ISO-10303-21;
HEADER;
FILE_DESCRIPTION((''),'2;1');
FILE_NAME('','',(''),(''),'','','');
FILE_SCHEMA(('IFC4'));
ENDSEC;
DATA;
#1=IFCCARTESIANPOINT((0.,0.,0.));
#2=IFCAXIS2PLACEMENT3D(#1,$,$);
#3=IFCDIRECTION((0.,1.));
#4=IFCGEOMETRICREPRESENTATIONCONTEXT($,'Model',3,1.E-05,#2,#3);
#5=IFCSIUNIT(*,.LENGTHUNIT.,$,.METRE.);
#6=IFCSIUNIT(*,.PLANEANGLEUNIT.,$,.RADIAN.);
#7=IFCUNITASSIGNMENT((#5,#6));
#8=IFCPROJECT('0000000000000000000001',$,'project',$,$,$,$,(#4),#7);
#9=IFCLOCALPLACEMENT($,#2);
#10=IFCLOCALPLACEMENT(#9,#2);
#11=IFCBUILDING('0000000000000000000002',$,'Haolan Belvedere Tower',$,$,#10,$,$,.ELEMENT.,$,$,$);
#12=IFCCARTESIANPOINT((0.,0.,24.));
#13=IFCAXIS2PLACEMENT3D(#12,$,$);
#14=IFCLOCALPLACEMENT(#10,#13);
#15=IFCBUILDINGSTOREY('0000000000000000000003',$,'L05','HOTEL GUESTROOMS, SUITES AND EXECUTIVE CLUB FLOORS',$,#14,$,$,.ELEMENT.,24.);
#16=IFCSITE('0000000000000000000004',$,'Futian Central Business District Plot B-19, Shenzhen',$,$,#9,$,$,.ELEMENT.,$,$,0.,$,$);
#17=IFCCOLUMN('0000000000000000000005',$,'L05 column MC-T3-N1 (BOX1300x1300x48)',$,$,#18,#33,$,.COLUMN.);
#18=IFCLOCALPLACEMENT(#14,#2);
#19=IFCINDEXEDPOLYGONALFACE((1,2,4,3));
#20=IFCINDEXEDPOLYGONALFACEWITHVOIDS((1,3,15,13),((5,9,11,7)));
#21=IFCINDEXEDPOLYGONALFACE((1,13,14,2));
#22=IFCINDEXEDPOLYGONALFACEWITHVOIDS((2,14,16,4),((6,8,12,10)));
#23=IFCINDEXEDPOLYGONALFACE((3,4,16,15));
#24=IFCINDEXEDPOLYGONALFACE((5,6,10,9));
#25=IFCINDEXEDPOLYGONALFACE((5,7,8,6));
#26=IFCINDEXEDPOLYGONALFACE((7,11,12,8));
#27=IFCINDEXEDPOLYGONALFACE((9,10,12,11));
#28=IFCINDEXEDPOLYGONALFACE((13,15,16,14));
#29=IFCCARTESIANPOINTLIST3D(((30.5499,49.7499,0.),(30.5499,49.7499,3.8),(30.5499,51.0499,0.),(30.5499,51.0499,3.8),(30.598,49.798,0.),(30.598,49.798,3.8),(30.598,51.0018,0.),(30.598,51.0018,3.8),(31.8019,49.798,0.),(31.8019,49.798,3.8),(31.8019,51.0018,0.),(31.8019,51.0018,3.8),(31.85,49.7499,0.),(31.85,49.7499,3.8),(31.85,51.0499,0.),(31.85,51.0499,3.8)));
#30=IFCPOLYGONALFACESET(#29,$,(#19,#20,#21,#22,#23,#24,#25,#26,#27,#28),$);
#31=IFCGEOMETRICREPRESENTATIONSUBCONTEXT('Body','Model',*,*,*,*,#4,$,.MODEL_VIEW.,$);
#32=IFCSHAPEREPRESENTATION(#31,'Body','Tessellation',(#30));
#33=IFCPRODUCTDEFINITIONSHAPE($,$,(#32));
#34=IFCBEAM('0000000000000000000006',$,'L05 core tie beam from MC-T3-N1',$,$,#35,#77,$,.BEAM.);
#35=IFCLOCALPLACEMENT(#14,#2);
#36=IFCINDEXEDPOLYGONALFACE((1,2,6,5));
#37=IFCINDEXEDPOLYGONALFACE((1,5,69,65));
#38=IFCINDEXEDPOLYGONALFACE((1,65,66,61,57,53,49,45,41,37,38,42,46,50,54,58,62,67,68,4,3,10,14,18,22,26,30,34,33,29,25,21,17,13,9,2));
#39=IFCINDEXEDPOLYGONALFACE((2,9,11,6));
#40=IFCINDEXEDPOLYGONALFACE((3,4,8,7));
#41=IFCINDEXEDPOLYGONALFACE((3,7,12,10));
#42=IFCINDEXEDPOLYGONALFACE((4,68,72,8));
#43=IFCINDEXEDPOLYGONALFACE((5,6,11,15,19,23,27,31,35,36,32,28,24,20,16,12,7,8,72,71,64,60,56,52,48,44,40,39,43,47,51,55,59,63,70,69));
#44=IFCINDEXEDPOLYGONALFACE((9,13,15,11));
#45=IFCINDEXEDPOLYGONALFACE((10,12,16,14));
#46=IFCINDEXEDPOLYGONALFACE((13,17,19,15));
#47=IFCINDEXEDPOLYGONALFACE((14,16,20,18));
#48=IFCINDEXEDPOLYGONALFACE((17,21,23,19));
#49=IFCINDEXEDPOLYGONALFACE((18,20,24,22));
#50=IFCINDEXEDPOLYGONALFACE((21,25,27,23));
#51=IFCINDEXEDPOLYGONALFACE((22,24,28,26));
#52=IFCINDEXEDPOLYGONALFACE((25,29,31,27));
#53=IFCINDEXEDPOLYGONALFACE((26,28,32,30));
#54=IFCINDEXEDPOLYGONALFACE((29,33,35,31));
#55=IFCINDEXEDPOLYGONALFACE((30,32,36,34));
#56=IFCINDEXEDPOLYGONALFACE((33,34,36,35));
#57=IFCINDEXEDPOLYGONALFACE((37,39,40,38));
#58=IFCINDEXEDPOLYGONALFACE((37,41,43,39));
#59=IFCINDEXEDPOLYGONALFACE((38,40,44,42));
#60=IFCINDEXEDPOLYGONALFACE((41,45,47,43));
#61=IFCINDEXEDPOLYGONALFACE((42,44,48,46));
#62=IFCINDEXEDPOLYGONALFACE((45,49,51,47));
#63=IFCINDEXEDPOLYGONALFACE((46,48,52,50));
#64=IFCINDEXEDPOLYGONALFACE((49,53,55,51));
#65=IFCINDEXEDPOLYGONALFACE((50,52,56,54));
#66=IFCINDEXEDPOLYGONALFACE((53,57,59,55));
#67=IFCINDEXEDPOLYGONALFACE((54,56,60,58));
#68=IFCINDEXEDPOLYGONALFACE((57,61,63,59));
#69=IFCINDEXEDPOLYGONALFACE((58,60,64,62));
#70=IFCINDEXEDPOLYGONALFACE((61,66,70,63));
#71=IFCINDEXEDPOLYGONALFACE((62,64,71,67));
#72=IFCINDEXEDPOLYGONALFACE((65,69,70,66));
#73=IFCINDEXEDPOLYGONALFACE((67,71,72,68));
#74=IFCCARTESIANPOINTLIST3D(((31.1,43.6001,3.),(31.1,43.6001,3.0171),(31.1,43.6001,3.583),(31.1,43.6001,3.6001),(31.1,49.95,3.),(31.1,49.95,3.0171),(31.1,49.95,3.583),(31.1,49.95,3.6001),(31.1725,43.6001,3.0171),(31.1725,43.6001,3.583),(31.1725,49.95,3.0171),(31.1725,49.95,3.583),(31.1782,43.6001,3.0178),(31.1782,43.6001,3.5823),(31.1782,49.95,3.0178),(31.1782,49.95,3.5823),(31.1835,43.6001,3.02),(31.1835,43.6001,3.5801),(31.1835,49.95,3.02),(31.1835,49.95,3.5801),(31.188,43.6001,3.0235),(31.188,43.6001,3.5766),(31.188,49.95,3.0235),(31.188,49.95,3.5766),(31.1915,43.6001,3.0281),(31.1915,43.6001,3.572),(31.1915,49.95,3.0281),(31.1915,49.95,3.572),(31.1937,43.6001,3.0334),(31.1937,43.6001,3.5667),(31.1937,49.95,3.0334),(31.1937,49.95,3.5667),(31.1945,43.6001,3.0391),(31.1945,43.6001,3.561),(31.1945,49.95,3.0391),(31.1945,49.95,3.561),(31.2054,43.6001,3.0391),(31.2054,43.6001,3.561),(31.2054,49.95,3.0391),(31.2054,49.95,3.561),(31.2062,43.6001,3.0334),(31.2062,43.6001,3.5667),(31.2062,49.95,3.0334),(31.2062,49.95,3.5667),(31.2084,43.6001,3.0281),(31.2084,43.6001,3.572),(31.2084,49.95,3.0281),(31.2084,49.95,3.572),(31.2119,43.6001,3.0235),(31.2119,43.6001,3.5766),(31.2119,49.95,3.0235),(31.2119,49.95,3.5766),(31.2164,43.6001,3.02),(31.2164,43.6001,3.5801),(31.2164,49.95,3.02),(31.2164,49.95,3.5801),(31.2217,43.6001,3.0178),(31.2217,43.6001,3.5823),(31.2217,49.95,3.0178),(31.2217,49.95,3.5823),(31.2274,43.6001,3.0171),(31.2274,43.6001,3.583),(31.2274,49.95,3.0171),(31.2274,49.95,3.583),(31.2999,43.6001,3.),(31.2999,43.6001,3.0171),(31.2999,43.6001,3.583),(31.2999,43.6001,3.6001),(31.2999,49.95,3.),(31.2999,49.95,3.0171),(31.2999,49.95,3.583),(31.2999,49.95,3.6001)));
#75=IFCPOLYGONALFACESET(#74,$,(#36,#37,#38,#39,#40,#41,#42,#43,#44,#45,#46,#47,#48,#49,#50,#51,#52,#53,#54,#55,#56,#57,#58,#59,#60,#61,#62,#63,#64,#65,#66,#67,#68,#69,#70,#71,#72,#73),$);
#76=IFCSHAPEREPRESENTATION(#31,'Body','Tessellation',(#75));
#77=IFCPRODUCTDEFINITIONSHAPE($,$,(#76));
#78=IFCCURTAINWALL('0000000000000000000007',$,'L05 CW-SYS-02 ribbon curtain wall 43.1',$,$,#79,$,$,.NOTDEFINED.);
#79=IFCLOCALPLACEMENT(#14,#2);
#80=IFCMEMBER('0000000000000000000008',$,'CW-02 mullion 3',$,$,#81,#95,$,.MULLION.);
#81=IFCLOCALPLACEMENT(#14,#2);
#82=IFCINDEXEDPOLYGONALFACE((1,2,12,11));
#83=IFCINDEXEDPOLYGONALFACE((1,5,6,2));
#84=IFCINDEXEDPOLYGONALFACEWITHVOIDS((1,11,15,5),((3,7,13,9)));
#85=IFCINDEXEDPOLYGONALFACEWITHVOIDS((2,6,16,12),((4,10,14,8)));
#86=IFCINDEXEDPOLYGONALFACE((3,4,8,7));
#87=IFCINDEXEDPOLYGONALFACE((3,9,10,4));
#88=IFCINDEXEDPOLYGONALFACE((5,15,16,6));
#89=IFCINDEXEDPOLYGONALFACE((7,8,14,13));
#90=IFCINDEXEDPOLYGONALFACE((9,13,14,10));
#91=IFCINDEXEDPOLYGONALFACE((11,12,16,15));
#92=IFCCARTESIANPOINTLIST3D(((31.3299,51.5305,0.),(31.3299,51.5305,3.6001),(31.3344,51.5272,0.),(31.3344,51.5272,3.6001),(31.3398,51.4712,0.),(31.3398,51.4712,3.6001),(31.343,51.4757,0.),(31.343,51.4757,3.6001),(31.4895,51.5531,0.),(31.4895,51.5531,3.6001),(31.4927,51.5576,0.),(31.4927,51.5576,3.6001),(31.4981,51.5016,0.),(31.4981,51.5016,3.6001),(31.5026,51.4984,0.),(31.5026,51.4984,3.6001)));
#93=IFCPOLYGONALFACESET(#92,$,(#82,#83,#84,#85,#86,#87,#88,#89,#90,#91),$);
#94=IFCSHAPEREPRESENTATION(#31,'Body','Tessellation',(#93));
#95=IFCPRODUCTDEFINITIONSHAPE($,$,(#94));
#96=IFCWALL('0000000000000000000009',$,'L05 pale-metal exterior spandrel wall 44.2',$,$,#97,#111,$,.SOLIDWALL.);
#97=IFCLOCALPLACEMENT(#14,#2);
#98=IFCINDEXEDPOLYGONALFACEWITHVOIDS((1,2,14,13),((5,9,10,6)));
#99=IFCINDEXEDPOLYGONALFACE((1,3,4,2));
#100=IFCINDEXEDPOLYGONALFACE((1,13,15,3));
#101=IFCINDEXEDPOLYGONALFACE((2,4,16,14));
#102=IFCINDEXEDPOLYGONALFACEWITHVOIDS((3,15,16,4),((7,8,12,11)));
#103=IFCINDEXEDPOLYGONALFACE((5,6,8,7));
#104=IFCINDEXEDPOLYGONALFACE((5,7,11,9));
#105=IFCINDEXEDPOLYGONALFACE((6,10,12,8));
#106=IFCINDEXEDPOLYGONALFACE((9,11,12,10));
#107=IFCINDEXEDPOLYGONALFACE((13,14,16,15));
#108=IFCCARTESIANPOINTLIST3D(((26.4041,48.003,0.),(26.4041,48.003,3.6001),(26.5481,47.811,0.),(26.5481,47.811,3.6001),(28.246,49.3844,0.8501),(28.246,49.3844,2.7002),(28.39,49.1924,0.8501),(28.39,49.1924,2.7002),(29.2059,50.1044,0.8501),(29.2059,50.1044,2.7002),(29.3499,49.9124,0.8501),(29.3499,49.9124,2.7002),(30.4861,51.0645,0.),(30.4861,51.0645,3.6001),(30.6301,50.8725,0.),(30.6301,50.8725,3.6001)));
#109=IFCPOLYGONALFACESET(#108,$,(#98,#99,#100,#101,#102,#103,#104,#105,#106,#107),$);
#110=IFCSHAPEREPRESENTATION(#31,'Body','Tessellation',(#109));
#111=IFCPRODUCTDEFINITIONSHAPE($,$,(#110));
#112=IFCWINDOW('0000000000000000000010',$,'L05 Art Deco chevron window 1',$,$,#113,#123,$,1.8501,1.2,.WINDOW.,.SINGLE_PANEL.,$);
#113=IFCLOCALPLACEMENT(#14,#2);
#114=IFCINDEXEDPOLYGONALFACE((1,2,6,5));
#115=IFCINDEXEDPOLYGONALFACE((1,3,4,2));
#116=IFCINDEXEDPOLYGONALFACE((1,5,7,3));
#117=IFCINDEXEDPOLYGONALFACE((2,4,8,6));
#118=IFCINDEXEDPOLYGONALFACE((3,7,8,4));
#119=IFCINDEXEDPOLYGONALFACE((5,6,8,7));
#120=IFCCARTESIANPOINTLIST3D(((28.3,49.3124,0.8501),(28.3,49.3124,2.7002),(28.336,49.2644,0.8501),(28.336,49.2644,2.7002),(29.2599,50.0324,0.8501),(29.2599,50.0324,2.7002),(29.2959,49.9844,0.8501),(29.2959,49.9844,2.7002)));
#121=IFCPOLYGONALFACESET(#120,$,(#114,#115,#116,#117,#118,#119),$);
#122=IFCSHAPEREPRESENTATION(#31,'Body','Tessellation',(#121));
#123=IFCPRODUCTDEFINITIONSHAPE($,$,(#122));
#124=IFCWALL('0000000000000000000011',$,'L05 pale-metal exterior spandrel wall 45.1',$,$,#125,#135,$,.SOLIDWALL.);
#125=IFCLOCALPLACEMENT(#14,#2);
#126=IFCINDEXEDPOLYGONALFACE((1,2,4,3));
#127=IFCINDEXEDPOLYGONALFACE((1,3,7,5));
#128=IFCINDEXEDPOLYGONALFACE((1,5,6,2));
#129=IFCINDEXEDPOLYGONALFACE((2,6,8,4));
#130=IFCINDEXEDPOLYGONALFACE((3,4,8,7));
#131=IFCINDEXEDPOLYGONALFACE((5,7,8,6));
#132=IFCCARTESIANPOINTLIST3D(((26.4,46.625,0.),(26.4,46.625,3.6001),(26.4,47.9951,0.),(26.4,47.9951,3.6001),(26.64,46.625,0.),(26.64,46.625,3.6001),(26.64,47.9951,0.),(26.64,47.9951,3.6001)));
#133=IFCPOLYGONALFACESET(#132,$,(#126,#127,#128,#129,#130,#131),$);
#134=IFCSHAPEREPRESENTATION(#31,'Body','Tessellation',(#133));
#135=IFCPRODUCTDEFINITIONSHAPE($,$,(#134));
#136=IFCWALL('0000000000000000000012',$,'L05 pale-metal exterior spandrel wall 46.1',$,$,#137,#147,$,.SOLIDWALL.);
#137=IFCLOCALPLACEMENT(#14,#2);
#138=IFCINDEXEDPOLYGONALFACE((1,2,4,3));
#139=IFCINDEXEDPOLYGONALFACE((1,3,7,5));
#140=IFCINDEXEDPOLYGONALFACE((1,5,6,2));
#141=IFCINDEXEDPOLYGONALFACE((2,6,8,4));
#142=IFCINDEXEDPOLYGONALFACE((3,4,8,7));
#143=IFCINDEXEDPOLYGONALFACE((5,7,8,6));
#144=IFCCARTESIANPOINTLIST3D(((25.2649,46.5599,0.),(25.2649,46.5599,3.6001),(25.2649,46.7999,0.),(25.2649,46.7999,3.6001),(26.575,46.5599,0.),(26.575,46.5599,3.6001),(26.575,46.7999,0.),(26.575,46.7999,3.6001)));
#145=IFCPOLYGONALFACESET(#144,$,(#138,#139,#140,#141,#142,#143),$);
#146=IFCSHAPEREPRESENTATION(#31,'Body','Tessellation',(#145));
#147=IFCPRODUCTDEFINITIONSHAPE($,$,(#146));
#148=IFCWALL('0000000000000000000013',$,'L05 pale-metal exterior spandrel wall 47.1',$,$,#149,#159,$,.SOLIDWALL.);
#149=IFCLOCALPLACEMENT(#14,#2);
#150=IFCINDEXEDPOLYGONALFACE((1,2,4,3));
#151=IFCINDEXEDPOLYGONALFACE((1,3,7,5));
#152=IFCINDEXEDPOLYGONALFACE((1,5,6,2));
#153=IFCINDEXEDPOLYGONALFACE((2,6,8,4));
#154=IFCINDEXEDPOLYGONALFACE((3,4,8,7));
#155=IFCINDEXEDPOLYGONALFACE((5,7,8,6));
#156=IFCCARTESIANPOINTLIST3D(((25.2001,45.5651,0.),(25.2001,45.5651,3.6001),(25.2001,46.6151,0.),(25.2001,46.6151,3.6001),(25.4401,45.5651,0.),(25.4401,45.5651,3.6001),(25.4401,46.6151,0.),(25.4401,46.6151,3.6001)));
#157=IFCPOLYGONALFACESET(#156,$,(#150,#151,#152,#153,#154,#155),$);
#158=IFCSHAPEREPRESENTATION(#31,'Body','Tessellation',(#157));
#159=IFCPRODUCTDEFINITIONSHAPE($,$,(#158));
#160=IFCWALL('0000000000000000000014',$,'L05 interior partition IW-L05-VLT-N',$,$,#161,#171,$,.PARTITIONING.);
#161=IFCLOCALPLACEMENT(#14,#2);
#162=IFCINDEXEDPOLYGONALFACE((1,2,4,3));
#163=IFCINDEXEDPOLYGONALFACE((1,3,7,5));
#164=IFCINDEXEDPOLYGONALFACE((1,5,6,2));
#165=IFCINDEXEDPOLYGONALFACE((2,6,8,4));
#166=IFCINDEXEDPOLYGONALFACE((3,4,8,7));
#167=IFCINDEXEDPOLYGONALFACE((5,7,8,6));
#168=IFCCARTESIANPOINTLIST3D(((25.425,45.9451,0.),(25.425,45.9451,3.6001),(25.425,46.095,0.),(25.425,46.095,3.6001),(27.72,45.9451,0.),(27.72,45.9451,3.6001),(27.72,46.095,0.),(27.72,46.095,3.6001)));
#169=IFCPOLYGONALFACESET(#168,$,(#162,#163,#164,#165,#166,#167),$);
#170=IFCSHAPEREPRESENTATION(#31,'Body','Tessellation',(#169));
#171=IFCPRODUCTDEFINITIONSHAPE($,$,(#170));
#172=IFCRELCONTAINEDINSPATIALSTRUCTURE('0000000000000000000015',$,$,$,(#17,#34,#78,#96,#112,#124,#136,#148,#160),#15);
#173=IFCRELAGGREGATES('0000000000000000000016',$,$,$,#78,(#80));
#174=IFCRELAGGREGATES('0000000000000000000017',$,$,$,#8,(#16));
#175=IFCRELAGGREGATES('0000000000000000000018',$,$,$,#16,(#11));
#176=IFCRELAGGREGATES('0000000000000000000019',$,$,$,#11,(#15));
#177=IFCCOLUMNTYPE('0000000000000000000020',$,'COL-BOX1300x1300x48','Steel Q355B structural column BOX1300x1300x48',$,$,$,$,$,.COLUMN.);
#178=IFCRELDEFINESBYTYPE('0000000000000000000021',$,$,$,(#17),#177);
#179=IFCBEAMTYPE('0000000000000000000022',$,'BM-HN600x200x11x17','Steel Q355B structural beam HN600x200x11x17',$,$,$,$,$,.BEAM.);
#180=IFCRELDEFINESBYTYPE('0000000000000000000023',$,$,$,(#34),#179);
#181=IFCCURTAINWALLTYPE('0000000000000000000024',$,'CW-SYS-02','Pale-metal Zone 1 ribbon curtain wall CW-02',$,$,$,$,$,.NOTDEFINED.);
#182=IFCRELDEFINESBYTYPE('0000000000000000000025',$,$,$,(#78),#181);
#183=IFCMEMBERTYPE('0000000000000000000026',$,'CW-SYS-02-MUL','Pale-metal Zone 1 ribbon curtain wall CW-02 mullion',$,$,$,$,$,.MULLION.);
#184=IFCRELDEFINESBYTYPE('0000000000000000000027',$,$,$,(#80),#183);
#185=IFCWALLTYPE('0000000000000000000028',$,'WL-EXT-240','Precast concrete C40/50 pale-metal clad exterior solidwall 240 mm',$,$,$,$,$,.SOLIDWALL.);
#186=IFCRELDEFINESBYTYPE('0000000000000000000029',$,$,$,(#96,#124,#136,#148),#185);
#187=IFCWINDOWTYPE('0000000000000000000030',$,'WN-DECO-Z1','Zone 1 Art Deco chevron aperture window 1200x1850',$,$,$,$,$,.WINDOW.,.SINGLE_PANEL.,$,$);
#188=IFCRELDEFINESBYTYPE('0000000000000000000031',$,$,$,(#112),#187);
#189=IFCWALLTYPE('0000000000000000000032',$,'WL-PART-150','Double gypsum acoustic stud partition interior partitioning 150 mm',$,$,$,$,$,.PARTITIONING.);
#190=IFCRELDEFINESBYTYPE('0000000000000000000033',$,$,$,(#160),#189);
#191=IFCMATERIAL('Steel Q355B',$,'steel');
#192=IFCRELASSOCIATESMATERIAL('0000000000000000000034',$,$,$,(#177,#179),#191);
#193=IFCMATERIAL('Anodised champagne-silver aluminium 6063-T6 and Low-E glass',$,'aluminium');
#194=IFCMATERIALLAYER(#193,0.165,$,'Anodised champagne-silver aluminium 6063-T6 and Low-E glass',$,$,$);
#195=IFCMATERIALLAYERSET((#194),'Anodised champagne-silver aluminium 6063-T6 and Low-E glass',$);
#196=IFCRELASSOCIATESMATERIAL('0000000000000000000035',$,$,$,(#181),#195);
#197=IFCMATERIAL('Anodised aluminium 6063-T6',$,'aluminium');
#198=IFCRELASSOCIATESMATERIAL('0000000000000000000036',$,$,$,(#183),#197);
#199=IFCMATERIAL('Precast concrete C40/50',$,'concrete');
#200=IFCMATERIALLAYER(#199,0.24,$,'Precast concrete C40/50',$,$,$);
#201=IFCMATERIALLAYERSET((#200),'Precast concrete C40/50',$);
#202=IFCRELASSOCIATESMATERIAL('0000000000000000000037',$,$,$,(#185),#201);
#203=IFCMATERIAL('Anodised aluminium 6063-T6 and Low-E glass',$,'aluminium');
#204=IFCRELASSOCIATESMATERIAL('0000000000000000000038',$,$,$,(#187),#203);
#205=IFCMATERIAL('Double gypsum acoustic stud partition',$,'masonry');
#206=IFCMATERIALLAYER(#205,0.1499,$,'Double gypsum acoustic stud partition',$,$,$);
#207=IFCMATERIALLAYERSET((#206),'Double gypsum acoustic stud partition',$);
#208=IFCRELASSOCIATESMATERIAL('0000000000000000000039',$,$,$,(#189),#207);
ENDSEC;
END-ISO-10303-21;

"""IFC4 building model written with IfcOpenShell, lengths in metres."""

from ifc_helpers import new_model, si_unit, direction, frame, frame_2d, origin, origin_2d, place, context, subcontext, project, spatial, rectangle, hollow_rectangle, i_section, extrude, material, layer, layer_set, material_profile, profile_set, type_object, element, fill, aggregate, save


model = new_model("IFC4")

# Units and contexts
model_context = context("Model", 3, precision=1e-05, world=origin(), true_north=direction((0.0, 1.0)))
body_context = subcontext(model_context, "Body", "Model", "MODEL_VIEW")
ifc_project = project(units=[si_unit("LENGTHUNIT", "METRE"), si_unit("PLANEANGLEUNIT", "RADIAN")], contexts=[model_context])

# Site, building, storey
site_placement = place(None, origin())
site = spatial("IfcSite", under=ifc_project, at=site_placement, Name="Futian Central Business District Plot B-19, Shenzhen", CompositionType="ELEMENT", RefElevation=0.0)
building_placement = place(site_placement, origin())
building = spatial("IfcBuilding", under=site, at=building_placement, Name="Haolan Belvedere Tower", CompositionType="ELEMENT")
storey_placement = place(building_placement, frame((0.0, 0.0, 24.0)))
storey = spatial("IfcBuildingStorey", under=building, at=storey_placement, Name="L05", Description="HOTEL GUESTROOMS, SUITES AND EXECUTIVE CLUB FLOORS", CompositionType="ELEMENT", Elevation=24.0)

# Column
ifc_material_1 = material(Name="Steel Q355B", Category="steel")
ifc_material_profile_1 = material_profile(ifc_material_1, hollow_rectangle(XDim=1.3, YDim=1.3, WallThickness=0.0481, at=origin_2d()), Name="Steel Q355B")
ifc_profile_set_1 = profile_set([ifc_material_profile_1], Name="Steel Q355B")
column_type = type_object("IfcColumnType", Name="COL-BOX1300x1300x48", Description="Steel Q355B structural column BOX1300x1300x48", PredefinedType="COLUMN", material=ifc_profile_set_1)
column_placement = place(storey_placement, frame((31.2, 50.3999, 0.0), z_axis=(0.0, 0.0, 1.0), x_axis=(1.0, 0.0, 0.0)))
element("IfcColumn", 1, at=column_placement, inside=storey, type_object=column_type, Name="L05 column MC-T3-N1 (BOX1300x1300x48)", PredefinedType="COLUMN", context=body_context, shape_type="SweptSolid", body=[
    extrude(hollow_rectangle(XDim=1.3, YDim=1.3, WallThickness=0.0481, at=origin_2d()), origin(), (0.0, 0.0, 1.0), 3.8),
])

# Beam
ifc_material_profile_2 = material_profile(ifc_material_1, i_section(OverallWidth=0.2, OverallDepth=0.6001, WebThickness=0.011, FlangeThickness=0.0171, FilletRadius=0.022, at=origin_2d()), Name="Steel Q355B")
ifc_profile_set_2 = profile_set([ifc_material_profile_2], Name="Steel Q355B")
beam_type = type_object("IfcBeamType", Name="BM-HN600x200x11x17", Description="Steel Q355B structural beam HN600x200x11x17", PredefinedType="BEAM", material=ifc_profile_set_2)
beam_placement = place(storey_placement, frame((31.2, 49.95, 3.3), z_axis=(0.0, -1.0, 0.0), x_axis=(1.0, 0.0, 0.0)))
element("IfcBeam", 2, at=beam_placement, inside=storey, type_object=beam_type, Name="L05 core tie beam from MC-T3-N1", PredefinedType="BEAM", context=body_context, shape_type="SweptSolid", body=[
    extrude(i_section(OverallWidth=0.2, OverallDepth=0.6001, WebThickness=0.011, FlangeThickness=0.0171, FilletRadius=0.022, at=origin_2d()), origin(), (0.0, 0.0, 1.0), 6.3499),
])

# Curtain wall, member
ifc_material_2 = material(Name="Anodised champagne-silver aluminium 6063-T6 and Low-E glass", Category="aluminium")
ifc_layer_1 = layer(ifc_material_2, 0.165, Name="Anodised champagne-silver aluminium 6063-T6 and Low-E glass")
ifc_layer_set_1 = layer_set([ifc_layer_1], Name="Anodised champagne-silver aluminium 6063-T6 and Low-E glass")
curtain_wall_type = type_object("IfcCurtainWallType", Name="CW-SYS-02", Description="Pale-metal Zone 1 ribbon curtain wall CW-02", PredefinedType="NOTDEFINED", material=ifc_layer_set_1)
curtain_wall_placement = place(storey_placement, origin())
curtain_wall = element("IfcCurtainWall", 3, at=curtain_wall_placement, inside=storey, type_object=curtain_wall_type, Name="L05 CW-SYS-02 ribbon curtain wall 43.1", PredefinedType="NOTDEFINED")
ifc_material_3 = material(Name="Anodised aluminium 6063-T6", Category="aluminium")
ifc_material_profile_3 = material_profile(ifc_material_3, hollow_rectangle(XDim=0.0601, YDim=0.165, WallThickness=0.0039, at=origin_2d()), Name="Anodised aluminium 6063-T6")
ifc_profile_set_3 = profile_set([ifc_material_profile_3], Name="Anodised aluminium 6063-T6")
member_type = type_object("IfcMemberType", Name="CW-SYS-02-MUL", Description="Pale-metal Zone 1 ribbon curtain wall CW-02 mullion", PredefinedType="MULLION", material=ifc_profile_set_3)
member_placement = place(storey_placement, frame((31.4163, 51.5144, 0.0), z_axis=(0.0, 0.0, 1.0), x_axis=(0.164404, -0.986393, 0.0)))
member = element("IfcMember", 4, at=member_placement, type_object=member_type, Name="CW-02 mullion 3", PredefinedType="MULLION", context=body_context, shape_type="SweptSolid", body=[
    extrude(hollow_rectangle(XDim=0.0601, YDim=0.165, WallThickness=0.0039, at=origin_2d()), origin(), (0.0, 0.0, 1.0), 3.6001),
])
aggregate(curtain_wall, [member])

# Wall, opening, window
ifc_material_4 = material(Name="Precast concrete C40/50", Category="concrete")
ifc_layer_2 = layer(ifc_material_4, 0.24, Name="Precast concrete C40/50")
ifc_layer_set_2 = layer_set([ifc_layer_2], Name="Precast concrete C40/50")
wall_type_1 = type_object("IfcWallType", Name="WL-EXT-240", Description="Precast concrete C40/50 pale-metal clad exterior solidwall 240 mm", PredefinedType="SOLIDWALL", material=ifc_layer_set_2)
wall_1_placement = place(storey_placement, frame((30.5581, 50.9685, 0.0), z_axis=(0.0, 0.0, 1.0), x_axis=(-0.8, -0.6, 0.0)))
wall_1 = element("IfcWall", 5, at=wall_1_placement, inside=storey, type_object=wall_type_1, Name="L05 pale-metal exterior spandrel wall 44.2", PredefinedType="SOLIDWALL", context=body_context, shape_type="SweptSolid", body=[
    extrude(rectangle(XDim=5.1025, YDim=0.24, at=frame_2d((2.5513, 0.0))), origin(), (0.0, 0.0, 1.0), 3.6001),
])
opening_1_placement = place(wall_1_placement, frame((1.6001, 0.0, 0.8501)))
opening_1 = element("IfcOpeningElement", 6, at=opening_1_placement, cuts=wall_1, PredefinedType="OPENING", context=body_context, shape_type="SweptSolid", body=[
    extrude(rectangle(XDim=1.2, YDim=1.8501, at=frame_2d((0.6001, 0.925))), frame((0.0, 0.1299, 0.0), z_axis=(0.0, -1.0, 0.0), x_axis=(1.0, 0.0, 0.0)), (0.0, 0.0, 1.0), 0.26),
])
ifc_material_5 = material(Name="Anodised aluminium 6063-T6 and Low-E glass", Category="aluminium")
window_type = type_object("IfcWindowType", Name="WN-DECO-Z1", Description="Zone 1 Art Deco chevron aperture window 1200x1850", PartitioningType="SINGLE_PANEL", PredefinedType="WINDOW", material=ifc_material_5)
window_placement = place(opening_1_placement, origin())
window = element("IfcWindow", 7, at=window_placement, inside=storey, type_object=window_type, Name="L05 Art Deco chevron window 1", OverallHeight=1.8501, OverallWidth=1.2, PartitioningType="SINGLE_PANEL", PredefinedType="WINDOW", context=body_context, shape_type="SweptSolid", body=[
    extrude(rectangle(XDim=1.2, YDim=1.8501, at=frame_2d((0.6001, 0.925))), frame((0.0, 0.03, 0.0), z_axis=(0.0, -1.0, 0.0), x_axis=(1.0, 0.0, 0.0)), (0.0, 0.0, 1.0), 0.0601),
])
fill(opening_1, window)

# Walls
wall_2_placement = place(storey_placement, frame((26.52, 47.9951, 0.0), z_axis=(0.0, 0.0, 1.0), x_axis=(0.0, -1.0, 0.0)))
element("IfcWall", 8, at=wall_2_placement, inside=storey, type_object=wall_type_1, Name="L05 pale-metal exterior spandrel wall 45.1", PredefinedType="SOLIDWALL", context=body_context, shape_type="SweptSolid", body=[
    extrude(rectangle(XDim=1.3701, YDim=0.24, at=frame_2d((0.6851, 0.0))), origin(), (0.0, 0.0, 1.0), 3.6001),
])
wall_3_placement = place(storey_placement, frame((26.575, 46.6799, 0.0), z_axis=(0.0, 0.0, 1.0), x_axis=(-1.0, 0.0, 0.0)))
element("IfcWall", 9, at=wall_3_placement, inside=storey, type_object=wall_type_1, Name="L05 pale-metal exterior spandrel wall 46.1", PredefinedType="SOLIDWALL", context=body_context, shape_type="SweptSolid", body=[
    extrude(rectangle(XDim=1.3101, YDim=0.24, at=frame_2d((0.655, 0.0))), origin(), (0.0, 0.0, 1.0), 3.6001),
])
wall_4_placement = place(storey_placement, frame((25.3201, 46.615, 0.0), z_axis=(0.0, 0.0, 1.0), x_axis=(0.0, -1.0, 0.0)))
element("IfcWall", 10, at=wall_4_placement, inside=storey, type_object=wall_type_1, Name="L05 pale-metal exterior spandrel wall 47.1", PredefinedType="SOLIDWALL", context=body_context, shape_type="SweptSolid", body=[
    extrude(rectangle(XDim=1.05, YDim=0.24, at=frame_2d((0.5249, 0.0))), origin(), (0.0, 0.0, 1.0), 3.6001),
])
ifc_material_6 = material(Name="Double gypsum acoustic stud partition", Category="masonry")
ifc_layer_3 = layer(ifc_material_6, 0.1499, Name="Double gypsum acoustic stud partition")
ifc_layer_set_3 = layer_set([ifc_layer_3], Name="Double gypsum acoustic stud partition")
wall_type_2 = type_object("IfcWallType", Name="WL-PART-150", Description="Double gypsum acoustic stud partition interior partitioning 150 mm", PredefinedType="PARTITIONING", material=ifc_layer_set_3)
wall_5_placement = place(storey_placement, frame((25.425, 46.02, 0.0), z_axis=(0.0, 0.0, 1.0), x_axis=(1.0, 0.0, 0.0)))
element("IfcWall", 11, at=wall_5_placement, inside=storey, type_object=wall_type_2, Name="L05 interior partition IW-L05-VLT-N", PredefinedType="PARTITIONING", context=body_context, shape_type="SweptSolid", body=[
    extrude(rectangle(XDim=2.2949, YDim=0.1499, at=frame_2d((1.1475, 0.0))), origin(), (0.0, 0.0, 1.0), 3.6001),
])

save(model, "model.ifc")
